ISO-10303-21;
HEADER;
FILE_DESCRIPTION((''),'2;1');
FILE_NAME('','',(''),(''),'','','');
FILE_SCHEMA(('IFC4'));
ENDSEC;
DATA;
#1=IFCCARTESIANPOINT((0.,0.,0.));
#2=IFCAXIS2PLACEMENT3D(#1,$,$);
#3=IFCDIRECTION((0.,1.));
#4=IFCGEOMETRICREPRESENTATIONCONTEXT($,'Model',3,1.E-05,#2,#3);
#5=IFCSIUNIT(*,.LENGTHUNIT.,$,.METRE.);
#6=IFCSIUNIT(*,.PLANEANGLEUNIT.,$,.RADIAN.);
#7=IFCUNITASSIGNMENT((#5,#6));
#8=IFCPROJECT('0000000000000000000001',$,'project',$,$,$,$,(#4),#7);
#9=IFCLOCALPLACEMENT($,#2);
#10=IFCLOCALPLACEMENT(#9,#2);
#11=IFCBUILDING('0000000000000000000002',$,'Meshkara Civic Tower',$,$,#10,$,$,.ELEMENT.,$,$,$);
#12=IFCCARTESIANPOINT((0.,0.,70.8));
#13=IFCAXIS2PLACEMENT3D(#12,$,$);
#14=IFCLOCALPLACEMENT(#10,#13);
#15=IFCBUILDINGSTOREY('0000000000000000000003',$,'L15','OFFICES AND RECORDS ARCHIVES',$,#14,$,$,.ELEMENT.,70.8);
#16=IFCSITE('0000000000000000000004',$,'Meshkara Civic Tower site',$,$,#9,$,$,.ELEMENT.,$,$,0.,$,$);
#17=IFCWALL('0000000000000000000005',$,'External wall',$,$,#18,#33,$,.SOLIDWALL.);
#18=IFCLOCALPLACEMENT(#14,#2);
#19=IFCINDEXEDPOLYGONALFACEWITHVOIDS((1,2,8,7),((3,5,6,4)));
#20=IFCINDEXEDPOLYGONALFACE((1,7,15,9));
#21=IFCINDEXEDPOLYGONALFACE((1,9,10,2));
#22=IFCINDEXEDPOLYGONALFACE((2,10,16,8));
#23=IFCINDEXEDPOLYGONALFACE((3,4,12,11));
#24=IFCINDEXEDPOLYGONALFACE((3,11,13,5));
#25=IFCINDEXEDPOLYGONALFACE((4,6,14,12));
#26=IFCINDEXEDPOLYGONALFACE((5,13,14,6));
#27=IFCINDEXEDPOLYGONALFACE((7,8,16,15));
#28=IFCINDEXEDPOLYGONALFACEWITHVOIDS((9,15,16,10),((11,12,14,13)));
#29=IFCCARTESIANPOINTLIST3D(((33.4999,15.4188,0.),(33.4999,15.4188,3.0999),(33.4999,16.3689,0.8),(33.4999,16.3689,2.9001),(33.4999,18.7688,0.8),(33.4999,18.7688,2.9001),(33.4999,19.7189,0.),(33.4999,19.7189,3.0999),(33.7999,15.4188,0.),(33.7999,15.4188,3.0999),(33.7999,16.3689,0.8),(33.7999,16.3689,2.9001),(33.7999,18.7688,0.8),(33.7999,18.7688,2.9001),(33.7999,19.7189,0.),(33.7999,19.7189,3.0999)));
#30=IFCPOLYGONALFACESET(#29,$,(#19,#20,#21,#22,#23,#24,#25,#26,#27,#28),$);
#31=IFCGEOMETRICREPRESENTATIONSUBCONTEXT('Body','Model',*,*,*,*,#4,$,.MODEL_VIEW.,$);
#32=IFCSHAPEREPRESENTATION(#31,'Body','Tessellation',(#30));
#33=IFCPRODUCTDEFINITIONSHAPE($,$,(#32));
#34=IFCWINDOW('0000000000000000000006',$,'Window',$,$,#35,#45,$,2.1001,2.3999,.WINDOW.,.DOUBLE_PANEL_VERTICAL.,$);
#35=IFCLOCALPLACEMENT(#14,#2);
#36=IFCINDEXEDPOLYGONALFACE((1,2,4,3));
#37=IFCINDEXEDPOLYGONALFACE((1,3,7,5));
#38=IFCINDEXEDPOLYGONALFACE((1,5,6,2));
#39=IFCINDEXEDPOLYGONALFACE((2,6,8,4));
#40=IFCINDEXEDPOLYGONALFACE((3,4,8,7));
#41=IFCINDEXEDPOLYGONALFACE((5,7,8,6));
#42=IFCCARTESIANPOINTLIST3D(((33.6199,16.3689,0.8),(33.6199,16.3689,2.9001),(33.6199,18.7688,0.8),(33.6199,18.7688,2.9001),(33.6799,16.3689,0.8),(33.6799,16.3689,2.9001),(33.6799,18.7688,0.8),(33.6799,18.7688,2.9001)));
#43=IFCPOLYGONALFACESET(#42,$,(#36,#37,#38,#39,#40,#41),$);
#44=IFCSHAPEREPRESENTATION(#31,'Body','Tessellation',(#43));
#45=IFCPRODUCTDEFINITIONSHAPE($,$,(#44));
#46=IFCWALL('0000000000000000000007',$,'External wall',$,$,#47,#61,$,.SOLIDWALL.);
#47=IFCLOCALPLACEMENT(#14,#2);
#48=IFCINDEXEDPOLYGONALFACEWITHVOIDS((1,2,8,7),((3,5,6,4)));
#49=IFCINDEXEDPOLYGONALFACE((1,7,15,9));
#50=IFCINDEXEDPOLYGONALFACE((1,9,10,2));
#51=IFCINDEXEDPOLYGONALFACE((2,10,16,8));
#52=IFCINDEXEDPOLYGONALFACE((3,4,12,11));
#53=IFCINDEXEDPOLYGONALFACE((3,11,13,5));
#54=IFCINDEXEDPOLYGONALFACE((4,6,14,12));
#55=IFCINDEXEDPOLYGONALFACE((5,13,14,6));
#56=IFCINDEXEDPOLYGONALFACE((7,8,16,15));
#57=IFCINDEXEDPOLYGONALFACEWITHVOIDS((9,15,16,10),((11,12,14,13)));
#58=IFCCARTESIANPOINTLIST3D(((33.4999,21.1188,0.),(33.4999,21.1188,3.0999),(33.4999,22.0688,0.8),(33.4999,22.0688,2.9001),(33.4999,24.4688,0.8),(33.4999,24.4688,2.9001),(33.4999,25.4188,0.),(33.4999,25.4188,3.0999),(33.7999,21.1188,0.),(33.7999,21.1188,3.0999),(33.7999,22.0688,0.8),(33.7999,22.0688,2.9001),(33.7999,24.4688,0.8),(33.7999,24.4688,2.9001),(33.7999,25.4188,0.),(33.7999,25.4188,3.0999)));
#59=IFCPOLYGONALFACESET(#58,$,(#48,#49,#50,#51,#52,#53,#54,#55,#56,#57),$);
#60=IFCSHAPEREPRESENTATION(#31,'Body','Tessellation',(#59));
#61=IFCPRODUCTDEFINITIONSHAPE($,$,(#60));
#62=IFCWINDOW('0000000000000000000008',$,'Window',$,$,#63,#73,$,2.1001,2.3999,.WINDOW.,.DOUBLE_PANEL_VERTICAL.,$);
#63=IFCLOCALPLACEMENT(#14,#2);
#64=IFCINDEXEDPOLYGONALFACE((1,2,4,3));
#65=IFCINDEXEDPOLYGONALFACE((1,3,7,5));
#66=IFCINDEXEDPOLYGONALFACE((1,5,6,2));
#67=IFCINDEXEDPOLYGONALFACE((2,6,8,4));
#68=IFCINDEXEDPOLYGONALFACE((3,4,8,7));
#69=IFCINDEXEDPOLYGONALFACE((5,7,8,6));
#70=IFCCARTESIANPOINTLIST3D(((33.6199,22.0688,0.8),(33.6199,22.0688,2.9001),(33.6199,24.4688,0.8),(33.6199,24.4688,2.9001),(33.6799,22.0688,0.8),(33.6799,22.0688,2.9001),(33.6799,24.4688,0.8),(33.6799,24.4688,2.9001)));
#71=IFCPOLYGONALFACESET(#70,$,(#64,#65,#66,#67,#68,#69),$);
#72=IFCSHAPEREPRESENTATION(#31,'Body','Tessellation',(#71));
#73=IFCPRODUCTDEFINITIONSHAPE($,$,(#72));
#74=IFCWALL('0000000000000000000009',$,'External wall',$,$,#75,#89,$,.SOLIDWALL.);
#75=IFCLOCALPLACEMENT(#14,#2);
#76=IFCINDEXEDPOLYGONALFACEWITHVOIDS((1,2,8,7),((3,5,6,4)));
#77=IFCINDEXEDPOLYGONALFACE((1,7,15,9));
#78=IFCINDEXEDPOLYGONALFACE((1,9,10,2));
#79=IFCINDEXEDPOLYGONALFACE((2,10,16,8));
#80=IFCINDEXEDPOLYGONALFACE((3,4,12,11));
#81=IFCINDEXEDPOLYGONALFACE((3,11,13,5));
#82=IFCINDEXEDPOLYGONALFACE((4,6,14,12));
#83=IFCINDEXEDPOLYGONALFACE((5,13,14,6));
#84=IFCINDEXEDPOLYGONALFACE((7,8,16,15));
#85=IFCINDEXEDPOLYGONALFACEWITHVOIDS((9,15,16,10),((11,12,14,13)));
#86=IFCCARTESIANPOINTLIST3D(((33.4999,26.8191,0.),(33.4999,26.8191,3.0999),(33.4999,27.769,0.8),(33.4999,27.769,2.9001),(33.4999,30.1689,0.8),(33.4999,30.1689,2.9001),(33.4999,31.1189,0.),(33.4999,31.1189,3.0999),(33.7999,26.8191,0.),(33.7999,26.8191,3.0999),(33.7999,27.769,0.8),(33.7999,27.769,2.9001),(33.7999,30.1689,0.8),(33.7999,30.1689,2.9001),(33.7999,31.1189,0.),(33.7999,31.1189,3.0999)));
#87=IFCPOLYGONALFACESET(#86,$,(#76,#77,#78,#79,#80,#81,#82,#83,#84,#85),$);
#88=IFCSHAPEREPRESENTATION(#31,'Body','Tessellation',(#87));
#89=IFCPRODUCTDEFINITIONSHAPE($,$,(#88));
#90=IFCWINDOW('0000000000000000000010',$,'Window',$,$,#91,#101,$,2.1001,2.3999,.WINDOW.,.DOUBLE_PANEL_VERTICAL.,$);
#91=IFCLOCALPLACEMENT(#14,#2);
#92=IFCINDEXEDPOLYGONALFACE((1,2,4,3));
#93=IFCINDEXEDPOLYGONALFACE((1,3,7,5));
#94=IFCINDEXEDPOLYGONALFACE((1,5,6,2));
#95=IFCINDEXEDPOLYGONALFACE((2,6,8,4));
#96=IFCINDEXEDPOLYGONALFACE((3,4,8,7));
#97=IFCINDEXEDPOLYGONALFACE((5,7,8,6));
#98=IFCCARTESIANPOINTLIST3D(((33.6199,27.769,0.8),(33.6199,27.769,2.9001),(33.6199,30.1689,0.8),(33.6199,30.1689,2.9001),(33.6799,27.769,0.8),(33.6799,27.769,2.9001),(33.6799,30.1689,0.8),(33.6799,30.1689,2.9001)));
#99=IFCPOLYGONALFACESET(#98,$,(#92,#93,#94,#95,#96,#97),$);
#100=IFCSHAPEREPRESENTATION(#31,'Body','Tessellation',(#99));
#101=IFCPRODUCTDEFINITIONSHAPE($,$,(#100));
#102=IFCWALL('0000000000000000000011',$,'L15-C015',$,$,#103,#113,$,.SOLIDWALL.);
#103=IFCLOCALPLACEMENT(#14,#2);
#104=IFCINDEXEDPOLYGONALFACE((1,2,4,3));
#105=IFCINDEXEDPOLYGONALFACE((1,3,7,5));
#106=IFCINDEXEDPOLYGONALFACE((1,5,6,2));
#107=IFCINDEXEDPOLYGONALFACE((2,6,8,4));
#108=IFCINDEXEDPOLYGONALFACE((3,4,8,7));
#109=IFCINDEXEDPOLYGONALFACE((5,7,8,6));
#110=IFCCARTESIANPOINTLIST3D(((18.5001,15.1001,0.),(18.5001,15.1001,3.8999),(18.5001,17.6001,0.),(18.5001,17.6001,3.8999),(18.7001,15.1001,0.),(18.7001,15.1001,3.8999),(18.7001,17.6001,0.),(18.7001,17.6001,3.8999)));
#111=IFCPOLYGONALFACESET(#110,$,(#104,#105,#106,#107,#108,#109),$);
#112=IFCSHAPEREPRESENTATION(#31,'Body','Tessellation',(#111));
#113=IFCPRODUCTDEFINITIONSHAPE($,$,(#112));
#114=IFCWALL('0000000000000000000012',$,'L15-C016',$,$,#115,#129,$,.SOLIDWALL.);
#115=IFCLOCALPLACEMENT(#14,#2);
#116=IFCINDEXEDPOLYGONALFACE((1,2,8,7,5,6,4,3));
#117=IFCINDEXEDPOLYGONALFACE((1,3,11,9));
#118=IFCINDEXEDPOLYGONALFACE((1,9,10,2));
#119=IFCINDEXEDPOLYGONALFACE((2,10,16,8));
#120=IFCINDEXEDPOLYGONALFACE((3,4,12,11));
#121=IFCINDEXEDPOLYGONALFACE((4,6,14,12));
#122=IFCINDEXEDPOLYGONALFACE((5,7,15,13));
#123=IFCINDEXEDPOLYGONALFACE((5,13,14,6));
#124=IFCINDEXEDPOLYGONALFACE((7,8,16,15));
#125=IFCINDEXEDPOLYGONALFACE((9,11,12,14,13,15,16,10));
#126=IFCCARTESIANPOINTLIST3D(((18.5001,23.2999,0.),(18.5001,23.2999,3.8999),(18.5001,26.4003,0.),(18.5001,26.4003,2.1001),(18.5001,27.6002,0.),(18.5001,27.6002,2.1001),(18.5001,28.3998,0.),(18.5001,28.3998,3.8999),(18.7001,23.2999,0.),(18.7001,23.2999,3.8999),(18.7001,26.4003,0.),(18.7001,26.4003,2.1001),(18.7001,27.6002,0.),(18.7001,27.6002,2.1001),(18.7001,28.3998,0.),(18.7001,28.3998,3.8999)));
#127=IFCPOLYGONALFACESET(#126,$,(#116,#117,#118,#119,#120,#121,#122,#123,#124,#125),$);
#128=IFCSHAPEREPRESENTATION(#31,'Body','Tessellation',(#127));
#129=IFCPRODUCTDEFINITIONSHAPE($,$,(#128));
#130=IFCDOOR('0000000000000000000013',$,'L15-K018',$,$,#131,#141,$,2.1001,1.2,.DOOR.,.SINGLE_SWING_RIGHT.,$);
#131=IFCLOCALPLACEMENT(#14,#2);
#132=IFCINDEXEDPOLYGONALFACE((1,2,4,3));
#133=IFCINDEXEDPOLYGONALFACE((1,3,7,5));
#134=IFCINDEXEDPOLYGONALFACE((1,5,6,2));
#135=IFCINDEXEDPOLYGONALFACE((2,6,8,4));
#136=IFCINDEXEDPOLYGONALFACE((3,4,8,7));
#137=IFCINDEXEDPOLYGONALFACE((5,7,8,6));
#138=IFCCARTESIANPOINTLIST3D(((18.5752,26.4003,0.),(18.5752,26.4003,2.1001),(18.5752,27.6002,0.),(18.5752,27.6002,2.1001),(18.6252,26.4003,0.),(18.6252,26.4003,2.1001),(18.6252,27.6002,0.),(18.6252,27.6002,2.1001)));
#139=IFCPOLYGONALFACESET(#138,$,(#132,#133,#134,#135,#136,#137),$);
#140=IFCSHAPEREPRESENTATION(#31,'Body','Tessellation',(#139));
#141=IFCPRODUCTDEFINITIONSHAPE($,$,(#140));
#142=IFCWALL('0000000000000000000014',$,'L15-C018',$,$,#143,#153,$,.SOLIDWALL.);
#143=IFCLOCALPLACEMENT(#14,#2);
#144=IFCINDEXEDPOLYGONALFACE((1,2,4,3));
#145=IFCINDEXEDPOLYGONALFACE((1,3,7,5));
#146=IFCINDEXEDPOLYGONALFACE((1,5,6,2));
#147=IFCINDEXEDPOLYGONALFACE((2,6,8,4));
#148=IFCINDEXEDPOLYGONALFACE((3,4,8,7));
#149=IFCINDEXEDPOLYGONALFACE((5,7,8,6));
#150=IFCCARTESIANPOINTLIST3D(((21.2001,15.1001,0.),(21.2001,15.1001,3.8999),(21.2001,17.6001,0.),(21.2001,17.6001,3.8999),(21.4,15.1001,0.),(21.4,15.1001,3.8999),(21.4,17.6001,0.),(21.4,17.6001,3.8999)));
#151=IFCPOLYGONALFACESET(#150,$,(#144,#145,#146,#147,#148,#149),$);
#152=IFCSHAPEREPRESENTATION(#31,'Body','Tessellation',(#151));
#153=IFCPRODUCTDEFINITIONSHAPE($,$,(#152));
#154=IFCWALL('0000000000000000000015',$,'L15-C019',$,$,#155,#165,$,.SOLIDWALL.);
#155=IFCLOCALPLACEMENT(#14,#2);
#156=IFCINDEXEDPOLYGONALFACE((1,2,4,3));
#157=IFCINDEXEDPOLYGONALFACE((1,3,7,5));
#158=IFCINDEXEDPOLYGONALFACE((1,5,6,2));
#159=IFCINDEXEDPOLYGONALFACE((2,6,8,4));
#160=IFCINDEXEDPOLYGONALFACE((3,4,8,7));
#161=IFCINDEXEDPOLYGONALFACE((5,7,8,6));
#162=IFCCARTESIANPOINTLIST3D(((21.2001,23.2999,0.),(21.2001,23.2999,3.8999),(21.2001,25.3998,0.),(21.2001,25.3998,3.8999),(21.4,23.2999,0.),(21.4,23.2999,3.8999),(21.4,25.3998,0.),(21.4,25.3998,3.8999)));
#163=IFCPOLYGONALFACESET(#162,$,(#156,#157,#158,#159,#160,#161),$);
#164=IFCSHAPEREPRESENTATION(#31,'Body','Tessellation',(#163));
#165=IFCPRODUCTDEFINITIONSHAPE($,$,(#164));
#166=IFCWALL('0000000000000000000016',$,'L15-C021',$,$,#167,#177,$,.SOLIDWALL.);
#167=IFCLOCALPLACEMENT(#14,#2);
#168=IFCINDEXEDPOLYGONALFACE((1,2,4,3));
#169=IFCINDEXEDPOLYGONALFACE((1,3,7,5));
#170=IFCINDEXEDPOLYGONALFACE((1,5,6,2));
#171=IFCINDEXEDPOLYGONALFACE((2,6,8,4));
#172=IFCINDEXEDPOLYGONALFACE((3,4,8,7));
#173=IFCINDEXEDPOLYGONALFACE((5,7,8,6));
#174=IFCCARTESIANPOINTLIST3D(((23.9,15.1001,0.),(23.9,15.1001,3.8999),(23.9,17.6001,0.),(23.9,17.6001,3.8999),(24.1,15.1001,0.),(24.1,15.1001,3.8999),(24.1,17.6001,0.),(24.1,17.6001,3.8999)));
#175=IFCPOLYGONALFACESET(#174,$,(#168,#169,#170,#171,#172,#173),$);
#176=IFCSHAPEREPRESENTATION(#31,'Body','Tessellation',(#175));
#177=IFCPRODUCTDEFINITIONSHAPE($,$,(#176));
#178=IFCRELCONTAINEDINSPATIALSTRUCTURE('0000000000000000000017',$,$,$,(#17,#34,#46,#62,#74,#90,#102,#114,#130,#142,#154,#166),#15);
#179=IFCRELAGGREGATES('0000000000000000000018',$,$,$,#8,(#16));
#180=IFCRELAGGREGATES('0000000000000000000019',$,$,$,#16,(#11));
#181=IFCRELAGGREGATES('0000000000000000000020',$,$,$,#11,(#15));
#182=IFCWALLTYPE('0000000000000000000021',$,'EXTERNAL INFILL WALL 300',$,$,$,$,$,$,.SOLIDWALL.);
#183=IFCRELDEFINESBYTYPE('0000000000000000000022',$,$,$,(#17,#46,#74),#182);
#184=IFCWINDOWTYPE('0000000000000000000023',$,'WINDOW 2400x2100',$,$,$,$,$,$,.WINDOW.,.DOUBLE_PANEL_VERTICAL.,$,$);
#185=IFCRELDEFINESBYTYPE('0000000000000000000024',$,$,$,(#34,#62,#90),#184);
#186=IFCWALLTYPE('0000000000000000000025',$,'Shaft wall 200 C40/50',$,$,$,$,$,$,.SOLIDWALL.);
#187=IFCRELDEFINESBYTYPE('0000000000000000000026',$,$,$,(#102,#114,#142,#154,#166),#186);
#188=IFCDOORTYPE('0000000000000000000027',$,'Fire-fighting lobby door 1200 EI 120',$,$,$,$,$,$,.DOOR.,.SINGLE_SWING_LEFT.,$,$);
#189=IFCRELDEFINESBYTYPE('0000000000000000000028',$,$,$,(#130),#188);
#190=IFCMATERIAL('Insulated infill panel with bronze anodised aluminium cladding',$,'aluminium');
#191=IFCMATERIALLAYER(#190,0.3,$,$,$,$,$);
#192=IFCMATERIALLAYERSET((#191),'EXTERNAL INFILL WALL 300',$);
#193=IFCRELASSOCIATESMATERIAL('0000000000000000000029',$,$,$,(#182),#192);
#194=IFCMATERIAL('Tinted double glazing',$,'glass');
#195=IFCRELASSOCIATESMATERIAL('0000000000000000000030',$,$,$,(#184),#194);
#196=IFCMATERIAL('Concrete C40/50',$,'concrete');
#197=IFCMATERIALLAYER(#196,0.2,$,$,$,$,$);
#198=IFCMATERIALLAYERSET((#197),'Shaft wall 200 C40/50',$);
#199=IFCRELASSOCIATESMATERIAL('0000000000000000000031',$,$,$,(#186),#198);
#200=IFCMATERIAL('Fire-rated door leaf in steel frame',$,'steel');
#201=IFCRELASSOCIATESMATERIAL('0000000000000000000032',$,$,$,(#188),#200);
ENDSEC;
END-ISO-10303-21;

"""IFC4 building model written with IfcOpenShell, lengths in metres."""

from ifc_helpers import new_model, si_unit, direction, frame, frame_2d, origin, place, context, subcontext, project, spatial, rectangle, extrude, material, layer, layer_set, type_object, element, fill, save


model = new_model("IFC4")

# Units and contexts
model_context = context("Model", 3, precision=1e-05, world=origin(), true_north=direction((0.0, 1.0)))
body_context = subcontext(model_context, "Body", "Model", "MODEL_VIEW")
ifc_project = project(units=[si_unit("LENGTHUNIT", "METRE"), si_unit("PLANEANGLEUNIT", "RADIAN")], contexts=[model_context])

# Site, building, storey
site_placement = place(None, origin())
site = spatial("IfcSite", under=ifc_project, at=site_placement, Name="Meshkara Civic Tower site", CompositionType="ELEMENT", RefElevation=0.0)
building_placement = place(site_placement, origin())
building = spatial("IfcBuilding", under=site, at=building_placement, Name="Meshkara Civic Tower", CompositionType="ELEMENT")
storey_placement = place(building_placement, frame((0.0, 0.0, 70.8)))
storey = spatial("IfcBuildingStorey", under=building, at=storey_placement, Name="L15", Description="OFFICES AND RECORDS ARCHIVES", CompositionType="ELEMENT", Elevation=70.8)

# Walls, openings, windows
ifc_material_1 = material(Name="Insulated infill panel with bronze anodised aluminium cladding", Category="aluminium")
ifc_layer_1 = layer(ifc_material_1, 0.3)
ifc_layer_set_1 = layer_set([ifc_layer_1], Name="EXTERNAL INFILL WALL 300")
wall_type_1 = type_object("IfcWallType", Name="EXTERNAL INFILL WALL 300", PredefinedType="SOLIDWALL", material=ifc_layer_set_1)
ifc_material_2 = material(Name="Tinted double glazing", Category="glass")
window_type = type_object("IfcWindowType", Name="WINDOW 2400x2100", PartitioningType="DOUBLE_PANEL_VERTICAL", PredefinedType="WINDOW", material=ifc_material_2)
wall_1_placement = place(storey_placement, frame((33.6499, 15.4189, 0.0), z_axis=(0.0, 0.0, 1.0), x_axis=(0.0, 1.0, 0.0)))
wall_1 = element("IfcWall", 1, at=wall_1_placement, inside=storey, type_object=wall_type_1, Name="External wall", PredefinedType="SOLIDWALL", context=body_context, shape_type="SweptSolid", body=[
    extrude(rectangle(XDim=4.3, YDim=0.3, at=frame_2d((2.1499, 0.0))), origin(), (0.0, 0.0, 1.0), 3.0999),
])
opening_1_placement = place(wall_1_placement, frame((0.95, 0.0, 0.8)))
opening_1 = element("IfcOpeningElement", 2, at=opening_1_placement, cuts=wall_1, PredefinedType="OPENING", context=body_context, shape_type="SweptSolid", body=[
    extrude(rectangle(XDim=2.3999, YDim=2.1001, at=frame_2d((1.2, 1.05))), frame((0.0, 0.1599, 0.0), z_axis=(0.0, -1.0, 0.0), x_axis=(1.0, 0.0, 0.0)), (0.0, 0.0, 1.0), 0.3201),
])
window_1_placement = place(opening_1_placement, origin())
window_1 = element("IfcWindow", 3, at=window_1_placement, inside=storey, type_object=window_type, Name="Window", OverallHeight=2.1001, OverallWidth=2.3999, PartitioningType="DOUBLE_PANEL_VERTICAL", PredefinedType="WINDOW", context=body_context, shape_type="SweptSolid", body=[
    extrude(rectangle(XDim=2.3999, YDim=2.1001, at=frame_2d((1.2, 1.05))), frame((0.0, 0.03, 0.0), z_axis=(0.0, -1.0, 0.0), x_axis=(1.0, 0.0, 0.0)), (0.0, 0.0, 1.0), 0.0601),
])
fill(opening_1, window_1)
wall_2_placement = place(storey_placement, frame((33.6499, 21.1189, 0.0), z_axis=(0.0, 0.0, 1.0), x_axis=(0.0, 1.0, 0.0)))
wall_2 = element("IfcWall", 4, at=wall_2_placement, inside=storey, type_object=wall_type_1, Name="External wall", PredefinedType="SOLIDWALL", context=body_context, shape_type="SweptSolid", body=[
    extrude(rectangle(XDim=4.3, YDim=0.3, at=frame_2d((2.1499, 0.0))), origin(), (0.0, 0.0, 1.0), 3.0999),
])
opening_2_placement = place(wall_2_placement, frame((0.95, 0.0, 0.8)))
opening_2 = element("IfcOpeningElement", 5, at=opening_2_placement, cuts=wall_2, PredefinedType="OPENING", context=body_context, shape_type="SweptSolid", body=[
    extrude(rectangle(XDim=2.3999, YDim=2.1001, at=frame_2d((1.2, 1.05))), frame((0.0, 0.1599, 0.0), z_axis=(0.0, -1.0, 0.0), x_axis=(1.0, 0.0, 0.0)), (0.0, 0.0, 1.0), 0.3201),
])
window_2_placement = place(opening_2_placement, origin())
window_2 = element("IfcWindow", 6, at=window_2_placement, inside=storey, type_object=window_type, Name="Window", OverallHeight=2.1001, OverallWidth=2.3999, PartitioningType="DOUBLE_PANEL_VERTICAL", PredefinedType="WINDOW", context=body_context, shape_type="SweptSolid", body=[
    extrude(rectangle(XDim=2.3999, YDim=2.1001, at=frame_2d((1.2, 1.05))), frame((0.0, 0.03, 0.0), z_axis=(0.0, -1.0, 0.0), x_axis=(1.0, 0.0, 0.0)), (0.0, 0.0, 1.0), 0.0601),
])
fill(opening_2, window_2)
wall_3_placement = place(storey_placement, frame((33.6499, 26.8191, 0.0), z_axis=(0.0, 0.0, 1.0), x_axis=(0.0, 1.0, 0.0)))
wall_3 = element("IfcWall", 7, at=wall_3_placement, inside=storey, type_object=wall_type_1, Name="External wall", PredefinedType="SOLIDWALL", context=body_context, shape_type="SweptSolid", body=[
    extrude(rectangle(XDim=4.2998, YDim=0.3, at=frame_2d((2.1499, 0.0))), origin(), (0.0, 0.0, 1.0), 3.0999),
])
opening_3_placement = place(wall_3_placement, frame((0.95, 0.0, 0.8)))
opening_3 = element("IfcOpeningElement", 8, at=opening_3_placement, cuts=wall_3, PredefinedType="OPENING", context=body_context, shape_type="SweptSolid", body=[
    extrude(rectangle(XDim=2.3999, YDim=2.1001, at=frame_2d((1.2, 1.05))), frame((0.0, 0.1599, 0.0), z_axis=(0.0, -1.0, 0.0), x_axis=(1.0, 0.0, 0.0)), (0.0, 0.0, 1.0), 0.3201),
])
window_3_placement = place(opening_3_placement, origin())
window_3 = element("IfcWindow", 9, at=window_3_placement, inside=storey, type_object=window_type, Name="Window", OverallHeight=2.1001, OverallWidth=2.3999, PartitioningType="DOUBLE_PANEL_VERTICAL", PredefinedType="WINDOW", context=body_context, shape_type="SweptSolid", body=[
    extrude(rectangle(XDim=2.3999, YDim=2.1001, at=frame_2d((1.2, 1.05))), frame((0.0, 0.03, 0.0), z_axis=(0.0, -1.0, 0.0), x_axis=(1.0, 0.0, 0.0)), (0.0, 0.0, 1.0), 0.0601),
])
fill(opening_3, window_3)

# Wall
ifc_material_3 = material(Name="Concrete C40/50", Category="concrete")
ifc_layer_2 = layer(ifc_material_3, 0.2)
ifc_layer_set_2 = layer_set([ifc_layer_2], Name="Shaft wall 200 C40/50")
wall_type_2 = type_object("IfcWallType", Name="Shaft wall 200 C40/50", PredefinedType="SOLIDWALL", material=ifc_layer_set_2)
wall_4_placement = place(storey_placement, frame((18.6001, 15.1001, 0.0), z_axis=(0.0, 0.0, 1.0), x_axis=(0.0, 1.0, 0.0)))
element("IfcWall", 10, at=wall_4_placement, inside=storey, type_object=wall_type_2, Name="L15-C015", PredefinedType="SOLIDWALL", context=body_context, shape_type="SweptSolid", body=[
    extrude(rectangle(XDim=2.5, YDim=0.2, at=frame_2d((1.25, 0.0))), origin(), (0.0, 0.0, 1.0), 3.8999),
])

# Wall, opening, door
wall_5_placement = place(storey_placement, frame((18.6001, 23.3, 0.0), z_axis=(0.0, 0.0, 1.0), x_axis=(0.0, 1.0, 0.0)))
wall_5 = element("IfcWall", 11, at=wall_5_placement, inside=storey, type_object=wall_type_2, Name="L15-C016", PredefinedType="SOLIDWALL", context=body_context, shape_type="SweptSolid", body=[
    extrude(rectangle(XDim=5.0999, YDim=0.2, at=frame_2d((2.5498, 0.0))), origin(), (0.0, 0.0, 1.0), 3.8999),
])
opening_4_placement = place(wall_5_placement, frame((3.1001, 0.0, 0.0)))
opening_4 = element("IfcOpeningElement", 12, at=opening_4_placement, cuts=wall_5, PredefinedType="OPENING", context=body_context, shape_type="SweptSolid", body=[
    extrude(rectangle(XDim=1.2, YDim=2.1001, at=frame_2d((0.6001, 1.05))), frame((0.0, 0.1099, 0.0), z_axis=(0.0, -1.0, 0.0), x_axis=(1.0, 0.0, 0.0)), (0.0, 0.0, 1.0), 0.22),
])
ifc_material_4 = material(Name="Fire-rated door leaf in steel frame", Category="steel")
door_type_1 = type_object("IfcDoorType", Name="Fire-fighting lobby door 1200 EI 120", OperationType="SINGLE_SWING_LEFT", PredefinedType="DOOR", material=ifc_material_4)
door_1_placement = place(opening_4_placement, origin())
door_1 = element("IfcDoor", 13, at=door_1_placement, inside=storey, type_object=door_type_1, Name="L15-K018", OperationType="SINGLE_SWING_RIGHT", OverallHeight=2.1001, OverallWidth=1.2, PredefinedType="DOOR", context=body_context, shape_type="SweptSolid", body=[
    extrude(rectangle(XDim=1.2, YDim=2.1001, at=frame_2d((0.6001, 1.05))), frame((0.0, 0.0249, 0.0), z_axis=(0.0, -1.0, 0.0), x_axis=(1.0, 0.0, 0.0)), (0.0, 0.0, 1.0), 0.05),
])
fill(opening_4, door_1)

# Walls
wall_6_placement = place(storey_placement, frame((21.3, 15.1001, 0.0), z_axis=(0.0, 0.0, 1.0), x_axis=(0.0, 1.0, 0.0)))
element("IfcWall", 14, at=wall_6_placement, inside=storey, type_object=wall_type_2, Name="L15-C018", PredefinedType="SOLIDWALL", context=body_context, shape_type="SweptSolid", body=[
    extrude(rectangle(XDim=2.5, YDim=0.2, at=frame_2d((1.25, 0.0))), origin(), (0.0, 0.0, 1.0), 3.8999),
])
wall_7_placement = place(storey_placement, frame((21.3, 23.3, 0.0), z_axis=(0.0, 0.0, 1.0), x_axis=(0.0, 1.0, 0.0)))
element("IfcWall", 15, at=wall_7_placement, inside=storey, type_object=wall_type_2, Name="L15-C019", PredefinedType="SOLIDWALL", context=body_context, shape_type="SweptSolid", body=[
    extrude(rectangle(XDim=2.0999, YDim=0.2, at=frame_2d((1.0498, 0.0))), origin(), (0.0, 0.0, 1.0), 3.8999),
])
wall_8_placement = place(storey_placement, frame((24.0, 15.1001, 0.0), z_axis=(0.0, 0.0, 1.0), x_axis=(0.0, 1.0, 0.0)))
element("IfcWall", 16, at=wall_8_placement, inside=storey, type_object=wall_type_2, Name="L15-C021", PredefinedType="SOLIDWALL", context=body_context, shape_type="SweptSolid", body=[
    extrude(rectangle(XDim=2.5, YDim=0.2, at=frame_2d((1.25, 0.0))), origin(), (0.0, 0.0, 1.0), 3.8999),
])

save(model, "model.ifc")
